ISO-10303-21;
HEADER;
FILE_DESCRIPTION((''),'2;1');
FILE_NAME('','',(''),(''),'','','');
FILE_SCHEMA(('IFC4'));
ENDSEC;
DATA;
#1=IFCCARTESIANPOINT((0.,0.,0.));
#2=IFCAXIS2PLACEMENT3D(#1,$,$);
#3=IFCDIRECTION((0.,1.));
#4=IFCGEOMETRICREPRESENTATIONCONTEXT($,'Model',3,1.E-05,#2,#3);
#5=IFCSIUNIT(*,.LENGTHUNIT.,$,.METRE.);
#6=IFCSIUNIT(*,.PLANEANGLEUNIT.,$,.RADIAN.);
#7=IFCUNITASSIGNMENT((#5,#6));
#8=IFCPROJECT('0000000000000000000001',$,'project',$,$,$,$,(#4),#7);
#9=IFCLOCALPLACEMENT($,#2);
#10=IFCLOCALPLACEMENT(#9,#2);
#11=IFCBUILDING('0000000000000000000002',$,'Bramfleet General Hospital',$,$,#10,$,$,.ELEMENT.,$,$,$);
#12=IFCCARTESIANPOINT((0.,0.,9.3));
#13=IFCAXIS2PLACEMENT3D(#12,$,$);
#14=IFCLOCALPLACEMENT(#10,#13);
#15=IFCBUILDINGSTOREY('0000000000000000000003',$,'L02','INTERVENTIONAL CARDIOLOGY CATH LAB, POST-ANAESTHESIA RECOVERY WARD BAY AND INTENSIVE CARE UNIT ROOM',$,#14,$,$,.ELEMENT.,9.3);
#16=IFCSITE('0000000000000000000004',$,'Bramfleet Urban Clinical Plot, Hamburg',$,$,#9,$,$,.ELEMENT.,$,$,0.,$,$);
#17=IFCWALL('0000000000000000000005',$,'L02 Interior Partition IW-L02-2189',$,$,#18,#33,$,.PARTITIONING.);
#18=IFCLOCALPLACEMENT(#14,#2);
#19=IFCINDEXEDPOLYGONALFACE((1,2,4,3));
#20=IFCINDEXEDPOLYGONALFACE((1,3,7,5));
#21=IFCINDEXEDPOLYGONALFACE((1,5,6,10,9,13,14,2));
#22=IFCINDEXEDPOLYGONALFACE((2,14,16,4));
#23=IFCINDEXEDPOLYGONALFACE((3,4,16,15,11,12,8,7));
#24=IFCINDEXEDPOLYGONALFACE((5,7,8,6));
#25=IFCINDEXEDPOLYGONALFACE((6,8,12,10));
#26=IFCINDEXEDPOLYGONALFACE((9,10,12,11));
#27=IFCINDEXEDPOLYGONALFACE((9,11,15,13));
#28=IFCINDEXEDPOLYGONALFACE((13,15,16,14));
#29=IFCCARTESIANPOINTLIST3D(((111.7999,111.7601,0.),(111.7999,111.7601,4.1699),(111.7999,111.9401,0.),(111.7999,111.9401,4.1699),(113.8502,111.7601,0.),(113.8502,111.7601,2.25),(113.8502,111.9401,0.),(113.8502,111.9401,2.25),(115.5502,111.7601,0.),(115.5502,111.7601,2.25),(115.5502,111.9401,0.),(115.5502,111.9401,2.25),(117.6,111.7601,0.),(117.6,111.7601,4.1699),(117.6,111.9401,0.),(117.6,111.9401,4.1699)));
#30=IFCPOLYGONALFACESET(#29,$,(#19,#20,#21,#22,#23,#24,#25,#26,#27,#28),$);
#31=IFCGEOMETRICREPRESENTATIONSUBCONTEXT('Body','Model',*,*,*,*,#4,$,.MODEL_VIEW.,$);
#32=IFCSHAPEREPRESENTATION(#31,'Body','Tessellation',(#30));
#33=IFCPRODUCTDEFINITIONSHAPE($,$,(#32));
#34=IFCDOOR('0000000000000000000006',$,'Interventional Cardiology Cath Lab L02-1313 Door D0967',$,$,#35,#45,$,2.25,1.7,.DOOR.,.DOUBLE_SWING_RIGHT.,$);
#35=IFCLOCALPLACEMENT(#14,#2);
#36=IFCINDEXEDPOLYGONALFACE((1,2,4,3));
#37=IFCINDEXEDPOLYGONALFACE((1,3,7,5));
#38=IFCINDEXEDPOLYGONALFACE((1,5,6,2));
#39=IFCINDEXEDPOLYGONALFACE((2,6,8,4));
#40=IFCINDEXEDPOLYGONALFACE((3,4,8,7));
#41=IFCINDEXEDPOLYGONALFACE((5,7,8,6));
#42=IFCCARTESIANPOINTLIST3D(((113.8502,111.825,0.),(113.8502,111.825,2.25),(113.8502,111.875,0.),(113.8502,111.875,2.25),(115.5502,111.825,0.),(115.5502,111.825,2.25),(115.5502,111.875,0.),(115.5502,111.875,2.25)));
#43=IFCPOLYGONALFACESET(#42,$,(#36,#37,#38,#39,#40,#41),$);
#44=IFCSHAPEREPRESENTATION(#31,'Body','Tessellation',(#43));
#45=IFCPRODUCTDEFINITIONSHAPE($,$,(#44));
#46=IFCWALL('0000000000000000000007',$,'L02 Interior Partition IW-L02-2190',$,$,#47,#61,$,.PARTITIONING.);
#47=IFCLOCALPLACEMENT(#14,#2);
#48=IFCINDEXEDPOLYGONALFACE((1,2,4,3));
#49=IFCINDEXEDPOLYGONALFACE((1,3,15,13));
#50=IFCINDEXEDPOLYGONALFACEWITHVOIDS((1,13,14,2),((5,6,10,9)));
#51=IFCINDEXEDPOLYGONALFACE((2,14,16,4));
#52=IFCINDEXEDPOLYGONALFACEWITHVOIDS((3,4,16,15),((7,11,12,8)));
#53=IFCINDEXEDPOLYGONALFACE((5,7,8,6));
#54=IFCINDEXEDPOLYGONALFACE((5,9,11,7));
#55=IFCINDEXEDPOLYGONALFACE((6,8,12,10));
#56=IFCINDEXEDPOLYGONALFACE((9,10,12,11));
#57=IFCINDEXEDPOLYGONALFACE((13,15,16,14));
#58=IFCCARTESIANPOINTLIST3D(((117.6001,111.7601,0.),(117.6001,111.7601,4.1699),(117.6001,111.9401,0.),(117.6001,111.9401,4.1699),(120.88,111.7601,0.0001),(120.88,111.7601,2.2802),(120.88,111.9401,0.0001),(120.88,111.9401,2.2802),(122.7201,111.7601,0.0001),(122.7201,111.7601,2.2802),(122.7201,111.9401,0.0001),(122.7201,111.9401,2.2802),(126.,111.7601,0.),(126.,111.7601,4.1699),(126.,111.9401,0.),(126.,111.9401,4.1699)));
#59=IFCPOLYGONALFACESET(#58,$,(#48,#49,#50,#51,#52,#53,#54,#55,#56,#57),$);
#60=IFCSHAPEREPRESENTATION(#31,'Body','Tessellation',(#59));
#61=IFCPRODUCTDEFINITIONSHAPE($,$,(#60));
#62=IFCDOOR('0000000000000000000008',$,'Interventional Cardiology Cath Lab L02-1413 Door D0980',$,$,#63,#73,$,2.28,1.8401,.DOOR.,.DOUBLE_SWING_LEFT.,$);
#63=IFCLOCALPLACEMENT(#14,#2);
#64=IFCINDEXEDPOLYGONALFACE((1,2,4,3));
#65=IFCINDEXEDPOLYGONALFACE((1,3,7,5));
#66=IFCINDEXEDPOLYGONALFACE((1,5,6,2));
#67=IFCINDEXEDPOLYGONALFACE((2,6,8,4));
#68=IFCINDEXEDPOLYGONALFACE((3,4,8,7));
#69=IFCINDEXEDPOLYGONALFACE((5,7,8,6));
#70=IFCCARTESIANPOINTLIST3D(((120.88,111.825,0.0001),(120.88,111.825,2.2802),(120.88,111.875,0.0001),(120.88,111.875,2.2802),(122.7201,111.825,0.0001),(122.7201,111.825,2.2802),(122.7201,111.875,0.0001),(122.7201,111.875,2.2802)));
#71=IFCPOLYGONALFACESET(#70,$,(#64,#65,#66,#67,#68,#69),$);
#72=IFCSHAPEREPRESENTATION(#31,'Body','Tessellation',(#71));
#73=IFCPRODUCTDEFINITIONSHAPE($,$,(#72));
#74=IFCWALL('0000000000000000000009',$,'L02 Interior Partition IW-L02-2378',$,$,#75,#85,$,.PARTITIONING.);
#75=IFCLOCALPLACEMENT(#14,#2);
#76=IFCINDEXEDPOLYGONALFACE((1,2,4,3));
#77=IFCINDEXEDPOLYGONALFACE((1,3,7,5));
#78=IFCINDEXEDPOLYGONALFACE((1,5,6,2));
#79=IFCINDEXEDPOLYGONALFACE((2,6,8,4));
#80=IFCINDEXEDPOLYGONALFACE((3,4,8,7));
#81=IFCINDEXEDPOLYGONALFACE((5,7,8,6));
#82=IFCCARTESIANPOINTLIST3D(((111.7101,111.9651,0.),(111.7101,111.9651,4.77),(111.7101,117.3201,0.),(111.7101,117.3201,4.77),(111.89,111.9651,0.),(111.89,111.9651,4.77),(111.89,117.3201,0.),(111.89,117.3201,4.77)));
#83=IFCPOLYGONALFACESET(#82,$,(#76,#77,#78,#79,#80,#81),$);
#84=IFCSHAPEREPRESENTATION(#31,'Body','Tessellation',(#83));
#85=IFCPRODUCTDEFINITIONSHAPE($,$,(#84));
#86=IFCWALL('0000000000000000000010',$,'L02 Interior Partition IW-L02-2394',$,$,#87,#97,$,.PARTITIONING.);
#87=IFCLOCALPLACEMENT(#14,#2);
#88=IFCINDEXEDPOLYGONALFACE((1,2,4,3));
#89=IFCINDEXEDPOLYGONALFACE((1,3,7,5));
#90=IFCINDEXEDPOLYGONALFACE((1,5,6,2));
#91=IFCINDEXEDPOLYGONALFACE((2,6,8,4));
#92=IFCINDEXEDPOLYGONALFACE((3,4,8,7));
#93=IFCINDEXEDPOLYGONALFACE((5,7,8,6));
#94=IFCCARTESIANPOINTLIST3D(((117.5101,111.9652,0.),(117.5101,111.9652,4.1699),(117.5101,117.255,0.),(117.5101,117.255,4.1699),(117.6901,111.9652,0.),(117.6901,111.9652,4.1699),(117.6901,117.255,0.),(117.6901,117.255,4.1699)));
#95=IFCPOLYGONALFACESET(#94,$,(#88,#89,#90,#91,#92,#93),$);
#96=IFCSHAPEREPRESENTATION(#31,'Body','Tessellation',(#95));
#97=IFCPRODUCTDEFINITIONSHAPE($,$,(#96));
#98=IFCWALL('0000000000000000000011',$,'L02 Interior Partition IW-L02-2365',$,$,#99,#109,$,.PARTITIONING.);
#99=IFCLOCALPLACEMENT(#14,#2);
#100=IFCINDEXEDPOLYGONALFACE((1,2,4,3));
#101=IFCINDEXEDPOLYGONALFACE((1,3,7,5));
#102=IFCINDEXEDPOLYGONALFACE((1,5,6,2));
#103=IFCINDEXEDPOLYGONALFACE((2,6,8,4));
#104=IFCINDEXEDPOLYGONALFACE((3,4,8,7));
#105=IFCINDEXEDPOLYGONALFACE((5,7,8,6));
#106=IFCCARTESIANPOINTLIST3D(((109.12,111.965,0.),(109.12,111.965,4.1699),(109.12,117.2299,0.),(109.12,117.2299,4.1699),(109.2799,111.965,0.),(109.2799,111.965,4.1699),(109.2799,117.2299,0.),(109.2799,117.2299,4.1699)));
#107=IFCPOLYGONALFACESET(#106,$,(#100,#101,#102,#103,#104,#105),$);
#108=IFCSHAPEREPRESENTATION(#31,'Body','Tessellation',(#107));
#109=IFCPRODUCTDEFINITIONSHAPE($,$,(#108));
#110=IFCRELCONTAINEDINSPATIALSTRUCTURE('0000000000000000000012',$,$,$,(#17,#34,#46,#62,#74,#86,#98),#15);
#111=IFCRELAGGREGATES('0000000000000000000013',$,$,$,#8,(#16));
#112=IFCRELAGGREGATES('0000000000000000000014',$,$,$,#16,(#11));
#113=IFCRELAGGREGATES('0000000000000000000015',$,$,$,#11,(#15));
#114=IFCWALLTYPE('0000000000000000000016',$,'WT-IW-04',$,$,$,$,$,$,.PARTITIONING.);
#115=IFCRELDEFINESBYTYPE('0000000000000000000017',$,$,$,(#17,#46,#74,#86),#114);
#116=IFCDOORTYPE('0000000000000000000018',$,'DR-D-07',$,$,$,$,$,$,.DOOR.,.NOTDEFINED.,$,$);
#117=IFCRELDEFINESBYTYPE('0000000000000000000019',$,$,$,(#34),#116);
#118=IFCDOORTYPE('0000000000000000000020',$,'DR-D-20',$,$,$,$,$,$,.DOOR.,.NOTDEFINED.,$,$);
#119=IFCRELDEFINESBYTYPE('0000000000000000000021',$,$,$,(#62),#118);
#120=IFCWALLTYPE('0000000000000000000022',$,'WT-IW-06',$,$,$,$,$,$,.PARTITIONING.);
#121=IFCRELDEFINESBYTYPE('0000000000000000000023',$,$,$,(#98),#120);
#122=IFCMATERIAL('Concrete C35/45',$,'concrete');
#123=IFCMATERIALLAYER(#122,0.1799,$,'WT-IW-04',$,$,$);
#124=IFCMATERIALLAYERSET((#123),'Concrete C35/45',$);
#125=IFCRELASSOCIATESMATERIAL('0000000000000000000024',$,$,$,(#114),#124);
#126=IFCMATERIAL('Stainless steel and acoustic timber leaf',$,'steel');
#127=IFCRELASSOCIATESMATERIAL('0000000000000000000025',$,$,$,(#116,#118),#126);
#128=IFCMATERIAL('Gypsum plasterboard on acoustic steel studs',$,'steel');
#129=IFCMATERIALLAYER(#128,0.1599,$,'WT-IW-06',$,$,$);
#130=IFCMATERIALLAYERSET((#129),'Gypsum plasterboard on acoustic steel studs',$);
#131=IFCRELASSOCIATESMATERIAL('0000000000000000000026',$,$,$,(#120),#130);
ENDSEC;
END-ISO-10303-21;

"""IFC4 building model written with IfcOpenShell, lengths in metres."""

from ifc_helpers import new_model, si_unit, direction, frame, frame_2d, origin, place, context, subcontext, project, spatial, rectangle, extrude, material, layer, layer_set, type_object, element, fill, save


model = new_model("IFC4")

# Units and contexts
model_context = context("Model", 3, precision=1e-05, world=origin(), true_north=direction((0.0, 1.0)))
body_context = subcontext(model_context, "Body", "Model", "MODEL_VIEW")
ifc_project = project(units=[si_unit("LENGTHUNIT", "METRE"), si_unit("PLANEANGLEUNIT", "RADIAN")], contexts=[model_context])

# Site, building, storey
site_placement = place(None, origin())
site = spatial("IfcSite", under=ifc_project, at=site_placement, Name="Bramfleet Urban Clinical Plot, Hamburg", CompositionType="ELEMENT", RefElevation=0.0)
building_placement = place(site_placement, origin())
building = spatial("IfcBuilding", under=site, at=building_placement, Name="Bramfleet General Hospital", CompositionType="ELEMENT")
storey_placement = place(building_placement, frame((0.0, 0.0, 9.3)))
storey = spatial("IfcBuildingStorey", under=building, at=storey_placement, Name="L02", Description="INTERVENTIONAL CARDIOLOGY CATH LAB, POST-ANAESTHESIA RECOVERY WARD BAY AND INTENSIVE CARE UNIT ROOM", CompositionType="ELEMENT", Elevation=9.3)

# Shared definitions
ifc_material_1 = material(Name="Concrete C35/45", Category="concrete")

# Shared definitions
ifc_layer_1 = layer(ifc_material_1, 0.1799, Name="WT-IW-04")
ifc_layer_set_1 = layer_set([ifc_layer_1], Name="Concrete C35/45")
wall_type_1 = type_object("IfcWallType", Name="WT-IW-04", PredefinedType="PARTITIONING", material=ifc_layer_set_1)

# Shared definitions
ifc_material_2 = material(Name="Stainless steel and acoustic timber leaf", Category="steel")

# Walls, openings, doors
wall_1_placement = place(storey_placement, frame((111.8, 111.8501, 0.0), z_axis=(0.0, 0.0, 1.0), x_axis=(1.0, 0.0, 0.0)))
wall_1 = element("IfcWall", 1, at=wall_1_placement, inside=storey, type_object=wall_type_1, Name="L02 Interior Partition IW-L02-2189", PredefinedType="PARTITIONING", context=body_context, shape_type="SweptSolid", body=[
    extrude(rectangle(XDim=5.8, YDim=0.1799, at=frame_2d((2.8999, 0.0))), origin(), (0.0, 0.0, 1.0), 4.1699),
])
opening_1_placement = place(wall_1_placement, frame((2.05, 0.0, 0.0)))
opening_1 = element("IfcOpeningElement", 2, at=opening_1_placement, cuts=wall_1, PredefinedType="OPENING", context=body_context, shape_type="SweptSolid", body=[
    extrude(rectangle(XDim=1.7, YDim=2.25, at=frame_2d((0.8501, 1.125))), frame((0.0, 0.0999, 0.0), z_axis=(0.0, -1.0, 0.0), x_axis=(1.0, 0.0, 0.0)), (0.0, 0.0, 1.0), 0.2),
])
door_type_1 = type_object("IfcDoorType", Name="DR-D-07", OperationType="NOTDEFINED", PredefinedType="DOOR", material=ifc_material_2)
door_1_placement = place(opening_1_placement, origin())
door_1 = element("IfcDoor", 3, at=door_1_placement, inside=storey, type_object=door_type_1, Name="Interventional Cardiology Cath Lab L02-1313 Door D0967", OperationType="DOUBLE_SWING_RIGHT", OverallHeight=2.25, OverallWidth=1.7, PredefinedType="DOOR", context=body_context, shape_type="SweptSolid", body=[
    extrude(rectangle(XDim=1.7, YDim=2.25, at=frame_2d((0.8501, 1.125))), frame((0.0, 0.0249, 0.0), z_axis=(0.0, -1.0, 0.0), x_axis=(1.0, 0.0, 0.0)), (0.0, 0.0, 1.0), 0.05),
])
fill(opening_1, door_1)
wall_2_placement = place(storey_placement, frame((117.6001, 111.8501, 0.0), z_axis=(0.0, 0.0, 1.0), x_axis=(1.0, 0.0, 0.0)))
wall_2 = element("IfcWall", 4, at=wall_2_placement, inside=storey, type_object=wall_type_1, Name="L02 Interior Partition IW-L02-2190", PredefinedType="PARTITIONING", context=body_context, shape_type="SweptSolid", body=[
    extrude(rectangle(XDim=8.3999, YDim=0.1799, at=frame_2d((4.2, 0.0))), origin(), (0.0, 0.0, 1.0), 4.1699),
])
opening_2_placement = place(wall_2_placement, frame((3.28, 0.0, 0.0)))
opening_2 = element("IfcOpeningElement", 5, at=opening_2_placement, cuts=wall_2, PredefinedType="OPENING", context=body_context, shape_type="SweptSolid", body=[
    extrude(rectangle(XDim=1.8401, YDim=2.28, at=frame_2d((0.9199, 1.1401))), frame((0.0, 0.0999, 0.0), z_axis=(0.0, -1.0, 0.0), x_axis=(1.0, 0.0, 0.0)), (0.0, 0.0, 1.0), 0.2),
])
door_type_2 = type_object("IfcDoorType", Name="DR-D-20", OperationType="NOTDEFINED", PredefinedType="DOOR", material=ifc_material_2)
door_2_placement = place(opening_2_placement, origin())
door_2 = element("IfcDoor", 6, at=door_2_placement, inside=storey, type_object=door_type_2, Name="Interventional Cardiology Cath Lab L02-1413 Door D0980", OperationType="DOUBLE_SWING_LEFT", OverallHeight=2.28, OverallWidth=1.8401, PredefinedType="DOOR", context=body_context, shape_type="SweptSolid", body=[
    extrude(rectangle(XDim=1.8401, YDim=2.28, at=frame_2d((0.9199, 1.1401))), frame((0.0, 0.0249, 0.0), z_axis=(0.0, -1.0, 0.0), x_axis=(1.0, 0.0, 0.0)), (0.0, 0.0, 1.0), 0.05),
])
fill(opening_2, door_2)

# Walls
wall_3_placement = place(storey_placement, frame((111.8, 111.9651, 0.0), z_axis=(0.0, 0.0, 1.0), x_axis=(0.0, 1.0, 0.0)))
element("IfcWall", 7, at=wall_3_placement, inside=storey, type_object=wall_type_1, Name="L02 Interior Partition IW-L02-2378", PredefinedType="PARTITIONING", context=body_context, shape_type="SweptSolid", body=[
    extrude(rectangle(XDim=5.355, YDim=0.1799, at=frame_2d((2.6775, 0.0))), origin(), (0.0, 0.0, 1.0), 4.77),
])
wall_4_placement = place(storey_placement, frame((117.6001, 111.9651, 0.0), z_axis=(0.0, 0.0, 1.0), x_axis=(0.0, 1.0, 0.0)))
element("IfcWall", 8, at=wall_4_placement, inside=storey, type_object=wall_type_1, Name="L02 Interior Partition IW-L02-2394", PredefinedType="PARTITIONING", context=body_context, shape_type="SweptSolid", body=[
    extrude(rectangle(XDim=5.2898, YDim=0.1799, at=frame_2d((2.645, 0.0))), origin(), (0.0, 0.0, 1.0), 4.1699),
])
ifc_material_3 = material(Name="Gypsum plasterboard on acoustic steel studs", Category="steel")
ifc_layer_2 = layer(ifc_material_3, 0.1599, Name="WT-IW-06")
ifc_layer_set_2 = layer_set([ifc_layer_2], Name="Gypsum plasterboard on acoustic steel studs")
wall_type_2 = type_object("IfcWallType", Name="WT-IW-06", PredefinedType="PARTITIONING", material=ifc_layer_set_2)
wall_5_placement = place(storey_placement, frame((109.2, 111.9651, 0.0), z_axis=(0.0, 0.0, 1.0), x_axis=(0.0, 1.0, 0.0)))
element("IfcWall", 9, at=wall_5_placement, inside=storey, type_object=wall_type_2, Name="L02 Interior Partition IW-L02-2365", PredefinedType="PARTITIONING", context=body_context, shape_type="SweptSolid", body=[
    extrude(rectangle(XDim=5.2649, YDim=0.1599, at=frame_2d((2.6323, 0.0))), origin(), (0.0, 0.0, 1.0), 4.1699),
])

save(model, "model.ifc")
